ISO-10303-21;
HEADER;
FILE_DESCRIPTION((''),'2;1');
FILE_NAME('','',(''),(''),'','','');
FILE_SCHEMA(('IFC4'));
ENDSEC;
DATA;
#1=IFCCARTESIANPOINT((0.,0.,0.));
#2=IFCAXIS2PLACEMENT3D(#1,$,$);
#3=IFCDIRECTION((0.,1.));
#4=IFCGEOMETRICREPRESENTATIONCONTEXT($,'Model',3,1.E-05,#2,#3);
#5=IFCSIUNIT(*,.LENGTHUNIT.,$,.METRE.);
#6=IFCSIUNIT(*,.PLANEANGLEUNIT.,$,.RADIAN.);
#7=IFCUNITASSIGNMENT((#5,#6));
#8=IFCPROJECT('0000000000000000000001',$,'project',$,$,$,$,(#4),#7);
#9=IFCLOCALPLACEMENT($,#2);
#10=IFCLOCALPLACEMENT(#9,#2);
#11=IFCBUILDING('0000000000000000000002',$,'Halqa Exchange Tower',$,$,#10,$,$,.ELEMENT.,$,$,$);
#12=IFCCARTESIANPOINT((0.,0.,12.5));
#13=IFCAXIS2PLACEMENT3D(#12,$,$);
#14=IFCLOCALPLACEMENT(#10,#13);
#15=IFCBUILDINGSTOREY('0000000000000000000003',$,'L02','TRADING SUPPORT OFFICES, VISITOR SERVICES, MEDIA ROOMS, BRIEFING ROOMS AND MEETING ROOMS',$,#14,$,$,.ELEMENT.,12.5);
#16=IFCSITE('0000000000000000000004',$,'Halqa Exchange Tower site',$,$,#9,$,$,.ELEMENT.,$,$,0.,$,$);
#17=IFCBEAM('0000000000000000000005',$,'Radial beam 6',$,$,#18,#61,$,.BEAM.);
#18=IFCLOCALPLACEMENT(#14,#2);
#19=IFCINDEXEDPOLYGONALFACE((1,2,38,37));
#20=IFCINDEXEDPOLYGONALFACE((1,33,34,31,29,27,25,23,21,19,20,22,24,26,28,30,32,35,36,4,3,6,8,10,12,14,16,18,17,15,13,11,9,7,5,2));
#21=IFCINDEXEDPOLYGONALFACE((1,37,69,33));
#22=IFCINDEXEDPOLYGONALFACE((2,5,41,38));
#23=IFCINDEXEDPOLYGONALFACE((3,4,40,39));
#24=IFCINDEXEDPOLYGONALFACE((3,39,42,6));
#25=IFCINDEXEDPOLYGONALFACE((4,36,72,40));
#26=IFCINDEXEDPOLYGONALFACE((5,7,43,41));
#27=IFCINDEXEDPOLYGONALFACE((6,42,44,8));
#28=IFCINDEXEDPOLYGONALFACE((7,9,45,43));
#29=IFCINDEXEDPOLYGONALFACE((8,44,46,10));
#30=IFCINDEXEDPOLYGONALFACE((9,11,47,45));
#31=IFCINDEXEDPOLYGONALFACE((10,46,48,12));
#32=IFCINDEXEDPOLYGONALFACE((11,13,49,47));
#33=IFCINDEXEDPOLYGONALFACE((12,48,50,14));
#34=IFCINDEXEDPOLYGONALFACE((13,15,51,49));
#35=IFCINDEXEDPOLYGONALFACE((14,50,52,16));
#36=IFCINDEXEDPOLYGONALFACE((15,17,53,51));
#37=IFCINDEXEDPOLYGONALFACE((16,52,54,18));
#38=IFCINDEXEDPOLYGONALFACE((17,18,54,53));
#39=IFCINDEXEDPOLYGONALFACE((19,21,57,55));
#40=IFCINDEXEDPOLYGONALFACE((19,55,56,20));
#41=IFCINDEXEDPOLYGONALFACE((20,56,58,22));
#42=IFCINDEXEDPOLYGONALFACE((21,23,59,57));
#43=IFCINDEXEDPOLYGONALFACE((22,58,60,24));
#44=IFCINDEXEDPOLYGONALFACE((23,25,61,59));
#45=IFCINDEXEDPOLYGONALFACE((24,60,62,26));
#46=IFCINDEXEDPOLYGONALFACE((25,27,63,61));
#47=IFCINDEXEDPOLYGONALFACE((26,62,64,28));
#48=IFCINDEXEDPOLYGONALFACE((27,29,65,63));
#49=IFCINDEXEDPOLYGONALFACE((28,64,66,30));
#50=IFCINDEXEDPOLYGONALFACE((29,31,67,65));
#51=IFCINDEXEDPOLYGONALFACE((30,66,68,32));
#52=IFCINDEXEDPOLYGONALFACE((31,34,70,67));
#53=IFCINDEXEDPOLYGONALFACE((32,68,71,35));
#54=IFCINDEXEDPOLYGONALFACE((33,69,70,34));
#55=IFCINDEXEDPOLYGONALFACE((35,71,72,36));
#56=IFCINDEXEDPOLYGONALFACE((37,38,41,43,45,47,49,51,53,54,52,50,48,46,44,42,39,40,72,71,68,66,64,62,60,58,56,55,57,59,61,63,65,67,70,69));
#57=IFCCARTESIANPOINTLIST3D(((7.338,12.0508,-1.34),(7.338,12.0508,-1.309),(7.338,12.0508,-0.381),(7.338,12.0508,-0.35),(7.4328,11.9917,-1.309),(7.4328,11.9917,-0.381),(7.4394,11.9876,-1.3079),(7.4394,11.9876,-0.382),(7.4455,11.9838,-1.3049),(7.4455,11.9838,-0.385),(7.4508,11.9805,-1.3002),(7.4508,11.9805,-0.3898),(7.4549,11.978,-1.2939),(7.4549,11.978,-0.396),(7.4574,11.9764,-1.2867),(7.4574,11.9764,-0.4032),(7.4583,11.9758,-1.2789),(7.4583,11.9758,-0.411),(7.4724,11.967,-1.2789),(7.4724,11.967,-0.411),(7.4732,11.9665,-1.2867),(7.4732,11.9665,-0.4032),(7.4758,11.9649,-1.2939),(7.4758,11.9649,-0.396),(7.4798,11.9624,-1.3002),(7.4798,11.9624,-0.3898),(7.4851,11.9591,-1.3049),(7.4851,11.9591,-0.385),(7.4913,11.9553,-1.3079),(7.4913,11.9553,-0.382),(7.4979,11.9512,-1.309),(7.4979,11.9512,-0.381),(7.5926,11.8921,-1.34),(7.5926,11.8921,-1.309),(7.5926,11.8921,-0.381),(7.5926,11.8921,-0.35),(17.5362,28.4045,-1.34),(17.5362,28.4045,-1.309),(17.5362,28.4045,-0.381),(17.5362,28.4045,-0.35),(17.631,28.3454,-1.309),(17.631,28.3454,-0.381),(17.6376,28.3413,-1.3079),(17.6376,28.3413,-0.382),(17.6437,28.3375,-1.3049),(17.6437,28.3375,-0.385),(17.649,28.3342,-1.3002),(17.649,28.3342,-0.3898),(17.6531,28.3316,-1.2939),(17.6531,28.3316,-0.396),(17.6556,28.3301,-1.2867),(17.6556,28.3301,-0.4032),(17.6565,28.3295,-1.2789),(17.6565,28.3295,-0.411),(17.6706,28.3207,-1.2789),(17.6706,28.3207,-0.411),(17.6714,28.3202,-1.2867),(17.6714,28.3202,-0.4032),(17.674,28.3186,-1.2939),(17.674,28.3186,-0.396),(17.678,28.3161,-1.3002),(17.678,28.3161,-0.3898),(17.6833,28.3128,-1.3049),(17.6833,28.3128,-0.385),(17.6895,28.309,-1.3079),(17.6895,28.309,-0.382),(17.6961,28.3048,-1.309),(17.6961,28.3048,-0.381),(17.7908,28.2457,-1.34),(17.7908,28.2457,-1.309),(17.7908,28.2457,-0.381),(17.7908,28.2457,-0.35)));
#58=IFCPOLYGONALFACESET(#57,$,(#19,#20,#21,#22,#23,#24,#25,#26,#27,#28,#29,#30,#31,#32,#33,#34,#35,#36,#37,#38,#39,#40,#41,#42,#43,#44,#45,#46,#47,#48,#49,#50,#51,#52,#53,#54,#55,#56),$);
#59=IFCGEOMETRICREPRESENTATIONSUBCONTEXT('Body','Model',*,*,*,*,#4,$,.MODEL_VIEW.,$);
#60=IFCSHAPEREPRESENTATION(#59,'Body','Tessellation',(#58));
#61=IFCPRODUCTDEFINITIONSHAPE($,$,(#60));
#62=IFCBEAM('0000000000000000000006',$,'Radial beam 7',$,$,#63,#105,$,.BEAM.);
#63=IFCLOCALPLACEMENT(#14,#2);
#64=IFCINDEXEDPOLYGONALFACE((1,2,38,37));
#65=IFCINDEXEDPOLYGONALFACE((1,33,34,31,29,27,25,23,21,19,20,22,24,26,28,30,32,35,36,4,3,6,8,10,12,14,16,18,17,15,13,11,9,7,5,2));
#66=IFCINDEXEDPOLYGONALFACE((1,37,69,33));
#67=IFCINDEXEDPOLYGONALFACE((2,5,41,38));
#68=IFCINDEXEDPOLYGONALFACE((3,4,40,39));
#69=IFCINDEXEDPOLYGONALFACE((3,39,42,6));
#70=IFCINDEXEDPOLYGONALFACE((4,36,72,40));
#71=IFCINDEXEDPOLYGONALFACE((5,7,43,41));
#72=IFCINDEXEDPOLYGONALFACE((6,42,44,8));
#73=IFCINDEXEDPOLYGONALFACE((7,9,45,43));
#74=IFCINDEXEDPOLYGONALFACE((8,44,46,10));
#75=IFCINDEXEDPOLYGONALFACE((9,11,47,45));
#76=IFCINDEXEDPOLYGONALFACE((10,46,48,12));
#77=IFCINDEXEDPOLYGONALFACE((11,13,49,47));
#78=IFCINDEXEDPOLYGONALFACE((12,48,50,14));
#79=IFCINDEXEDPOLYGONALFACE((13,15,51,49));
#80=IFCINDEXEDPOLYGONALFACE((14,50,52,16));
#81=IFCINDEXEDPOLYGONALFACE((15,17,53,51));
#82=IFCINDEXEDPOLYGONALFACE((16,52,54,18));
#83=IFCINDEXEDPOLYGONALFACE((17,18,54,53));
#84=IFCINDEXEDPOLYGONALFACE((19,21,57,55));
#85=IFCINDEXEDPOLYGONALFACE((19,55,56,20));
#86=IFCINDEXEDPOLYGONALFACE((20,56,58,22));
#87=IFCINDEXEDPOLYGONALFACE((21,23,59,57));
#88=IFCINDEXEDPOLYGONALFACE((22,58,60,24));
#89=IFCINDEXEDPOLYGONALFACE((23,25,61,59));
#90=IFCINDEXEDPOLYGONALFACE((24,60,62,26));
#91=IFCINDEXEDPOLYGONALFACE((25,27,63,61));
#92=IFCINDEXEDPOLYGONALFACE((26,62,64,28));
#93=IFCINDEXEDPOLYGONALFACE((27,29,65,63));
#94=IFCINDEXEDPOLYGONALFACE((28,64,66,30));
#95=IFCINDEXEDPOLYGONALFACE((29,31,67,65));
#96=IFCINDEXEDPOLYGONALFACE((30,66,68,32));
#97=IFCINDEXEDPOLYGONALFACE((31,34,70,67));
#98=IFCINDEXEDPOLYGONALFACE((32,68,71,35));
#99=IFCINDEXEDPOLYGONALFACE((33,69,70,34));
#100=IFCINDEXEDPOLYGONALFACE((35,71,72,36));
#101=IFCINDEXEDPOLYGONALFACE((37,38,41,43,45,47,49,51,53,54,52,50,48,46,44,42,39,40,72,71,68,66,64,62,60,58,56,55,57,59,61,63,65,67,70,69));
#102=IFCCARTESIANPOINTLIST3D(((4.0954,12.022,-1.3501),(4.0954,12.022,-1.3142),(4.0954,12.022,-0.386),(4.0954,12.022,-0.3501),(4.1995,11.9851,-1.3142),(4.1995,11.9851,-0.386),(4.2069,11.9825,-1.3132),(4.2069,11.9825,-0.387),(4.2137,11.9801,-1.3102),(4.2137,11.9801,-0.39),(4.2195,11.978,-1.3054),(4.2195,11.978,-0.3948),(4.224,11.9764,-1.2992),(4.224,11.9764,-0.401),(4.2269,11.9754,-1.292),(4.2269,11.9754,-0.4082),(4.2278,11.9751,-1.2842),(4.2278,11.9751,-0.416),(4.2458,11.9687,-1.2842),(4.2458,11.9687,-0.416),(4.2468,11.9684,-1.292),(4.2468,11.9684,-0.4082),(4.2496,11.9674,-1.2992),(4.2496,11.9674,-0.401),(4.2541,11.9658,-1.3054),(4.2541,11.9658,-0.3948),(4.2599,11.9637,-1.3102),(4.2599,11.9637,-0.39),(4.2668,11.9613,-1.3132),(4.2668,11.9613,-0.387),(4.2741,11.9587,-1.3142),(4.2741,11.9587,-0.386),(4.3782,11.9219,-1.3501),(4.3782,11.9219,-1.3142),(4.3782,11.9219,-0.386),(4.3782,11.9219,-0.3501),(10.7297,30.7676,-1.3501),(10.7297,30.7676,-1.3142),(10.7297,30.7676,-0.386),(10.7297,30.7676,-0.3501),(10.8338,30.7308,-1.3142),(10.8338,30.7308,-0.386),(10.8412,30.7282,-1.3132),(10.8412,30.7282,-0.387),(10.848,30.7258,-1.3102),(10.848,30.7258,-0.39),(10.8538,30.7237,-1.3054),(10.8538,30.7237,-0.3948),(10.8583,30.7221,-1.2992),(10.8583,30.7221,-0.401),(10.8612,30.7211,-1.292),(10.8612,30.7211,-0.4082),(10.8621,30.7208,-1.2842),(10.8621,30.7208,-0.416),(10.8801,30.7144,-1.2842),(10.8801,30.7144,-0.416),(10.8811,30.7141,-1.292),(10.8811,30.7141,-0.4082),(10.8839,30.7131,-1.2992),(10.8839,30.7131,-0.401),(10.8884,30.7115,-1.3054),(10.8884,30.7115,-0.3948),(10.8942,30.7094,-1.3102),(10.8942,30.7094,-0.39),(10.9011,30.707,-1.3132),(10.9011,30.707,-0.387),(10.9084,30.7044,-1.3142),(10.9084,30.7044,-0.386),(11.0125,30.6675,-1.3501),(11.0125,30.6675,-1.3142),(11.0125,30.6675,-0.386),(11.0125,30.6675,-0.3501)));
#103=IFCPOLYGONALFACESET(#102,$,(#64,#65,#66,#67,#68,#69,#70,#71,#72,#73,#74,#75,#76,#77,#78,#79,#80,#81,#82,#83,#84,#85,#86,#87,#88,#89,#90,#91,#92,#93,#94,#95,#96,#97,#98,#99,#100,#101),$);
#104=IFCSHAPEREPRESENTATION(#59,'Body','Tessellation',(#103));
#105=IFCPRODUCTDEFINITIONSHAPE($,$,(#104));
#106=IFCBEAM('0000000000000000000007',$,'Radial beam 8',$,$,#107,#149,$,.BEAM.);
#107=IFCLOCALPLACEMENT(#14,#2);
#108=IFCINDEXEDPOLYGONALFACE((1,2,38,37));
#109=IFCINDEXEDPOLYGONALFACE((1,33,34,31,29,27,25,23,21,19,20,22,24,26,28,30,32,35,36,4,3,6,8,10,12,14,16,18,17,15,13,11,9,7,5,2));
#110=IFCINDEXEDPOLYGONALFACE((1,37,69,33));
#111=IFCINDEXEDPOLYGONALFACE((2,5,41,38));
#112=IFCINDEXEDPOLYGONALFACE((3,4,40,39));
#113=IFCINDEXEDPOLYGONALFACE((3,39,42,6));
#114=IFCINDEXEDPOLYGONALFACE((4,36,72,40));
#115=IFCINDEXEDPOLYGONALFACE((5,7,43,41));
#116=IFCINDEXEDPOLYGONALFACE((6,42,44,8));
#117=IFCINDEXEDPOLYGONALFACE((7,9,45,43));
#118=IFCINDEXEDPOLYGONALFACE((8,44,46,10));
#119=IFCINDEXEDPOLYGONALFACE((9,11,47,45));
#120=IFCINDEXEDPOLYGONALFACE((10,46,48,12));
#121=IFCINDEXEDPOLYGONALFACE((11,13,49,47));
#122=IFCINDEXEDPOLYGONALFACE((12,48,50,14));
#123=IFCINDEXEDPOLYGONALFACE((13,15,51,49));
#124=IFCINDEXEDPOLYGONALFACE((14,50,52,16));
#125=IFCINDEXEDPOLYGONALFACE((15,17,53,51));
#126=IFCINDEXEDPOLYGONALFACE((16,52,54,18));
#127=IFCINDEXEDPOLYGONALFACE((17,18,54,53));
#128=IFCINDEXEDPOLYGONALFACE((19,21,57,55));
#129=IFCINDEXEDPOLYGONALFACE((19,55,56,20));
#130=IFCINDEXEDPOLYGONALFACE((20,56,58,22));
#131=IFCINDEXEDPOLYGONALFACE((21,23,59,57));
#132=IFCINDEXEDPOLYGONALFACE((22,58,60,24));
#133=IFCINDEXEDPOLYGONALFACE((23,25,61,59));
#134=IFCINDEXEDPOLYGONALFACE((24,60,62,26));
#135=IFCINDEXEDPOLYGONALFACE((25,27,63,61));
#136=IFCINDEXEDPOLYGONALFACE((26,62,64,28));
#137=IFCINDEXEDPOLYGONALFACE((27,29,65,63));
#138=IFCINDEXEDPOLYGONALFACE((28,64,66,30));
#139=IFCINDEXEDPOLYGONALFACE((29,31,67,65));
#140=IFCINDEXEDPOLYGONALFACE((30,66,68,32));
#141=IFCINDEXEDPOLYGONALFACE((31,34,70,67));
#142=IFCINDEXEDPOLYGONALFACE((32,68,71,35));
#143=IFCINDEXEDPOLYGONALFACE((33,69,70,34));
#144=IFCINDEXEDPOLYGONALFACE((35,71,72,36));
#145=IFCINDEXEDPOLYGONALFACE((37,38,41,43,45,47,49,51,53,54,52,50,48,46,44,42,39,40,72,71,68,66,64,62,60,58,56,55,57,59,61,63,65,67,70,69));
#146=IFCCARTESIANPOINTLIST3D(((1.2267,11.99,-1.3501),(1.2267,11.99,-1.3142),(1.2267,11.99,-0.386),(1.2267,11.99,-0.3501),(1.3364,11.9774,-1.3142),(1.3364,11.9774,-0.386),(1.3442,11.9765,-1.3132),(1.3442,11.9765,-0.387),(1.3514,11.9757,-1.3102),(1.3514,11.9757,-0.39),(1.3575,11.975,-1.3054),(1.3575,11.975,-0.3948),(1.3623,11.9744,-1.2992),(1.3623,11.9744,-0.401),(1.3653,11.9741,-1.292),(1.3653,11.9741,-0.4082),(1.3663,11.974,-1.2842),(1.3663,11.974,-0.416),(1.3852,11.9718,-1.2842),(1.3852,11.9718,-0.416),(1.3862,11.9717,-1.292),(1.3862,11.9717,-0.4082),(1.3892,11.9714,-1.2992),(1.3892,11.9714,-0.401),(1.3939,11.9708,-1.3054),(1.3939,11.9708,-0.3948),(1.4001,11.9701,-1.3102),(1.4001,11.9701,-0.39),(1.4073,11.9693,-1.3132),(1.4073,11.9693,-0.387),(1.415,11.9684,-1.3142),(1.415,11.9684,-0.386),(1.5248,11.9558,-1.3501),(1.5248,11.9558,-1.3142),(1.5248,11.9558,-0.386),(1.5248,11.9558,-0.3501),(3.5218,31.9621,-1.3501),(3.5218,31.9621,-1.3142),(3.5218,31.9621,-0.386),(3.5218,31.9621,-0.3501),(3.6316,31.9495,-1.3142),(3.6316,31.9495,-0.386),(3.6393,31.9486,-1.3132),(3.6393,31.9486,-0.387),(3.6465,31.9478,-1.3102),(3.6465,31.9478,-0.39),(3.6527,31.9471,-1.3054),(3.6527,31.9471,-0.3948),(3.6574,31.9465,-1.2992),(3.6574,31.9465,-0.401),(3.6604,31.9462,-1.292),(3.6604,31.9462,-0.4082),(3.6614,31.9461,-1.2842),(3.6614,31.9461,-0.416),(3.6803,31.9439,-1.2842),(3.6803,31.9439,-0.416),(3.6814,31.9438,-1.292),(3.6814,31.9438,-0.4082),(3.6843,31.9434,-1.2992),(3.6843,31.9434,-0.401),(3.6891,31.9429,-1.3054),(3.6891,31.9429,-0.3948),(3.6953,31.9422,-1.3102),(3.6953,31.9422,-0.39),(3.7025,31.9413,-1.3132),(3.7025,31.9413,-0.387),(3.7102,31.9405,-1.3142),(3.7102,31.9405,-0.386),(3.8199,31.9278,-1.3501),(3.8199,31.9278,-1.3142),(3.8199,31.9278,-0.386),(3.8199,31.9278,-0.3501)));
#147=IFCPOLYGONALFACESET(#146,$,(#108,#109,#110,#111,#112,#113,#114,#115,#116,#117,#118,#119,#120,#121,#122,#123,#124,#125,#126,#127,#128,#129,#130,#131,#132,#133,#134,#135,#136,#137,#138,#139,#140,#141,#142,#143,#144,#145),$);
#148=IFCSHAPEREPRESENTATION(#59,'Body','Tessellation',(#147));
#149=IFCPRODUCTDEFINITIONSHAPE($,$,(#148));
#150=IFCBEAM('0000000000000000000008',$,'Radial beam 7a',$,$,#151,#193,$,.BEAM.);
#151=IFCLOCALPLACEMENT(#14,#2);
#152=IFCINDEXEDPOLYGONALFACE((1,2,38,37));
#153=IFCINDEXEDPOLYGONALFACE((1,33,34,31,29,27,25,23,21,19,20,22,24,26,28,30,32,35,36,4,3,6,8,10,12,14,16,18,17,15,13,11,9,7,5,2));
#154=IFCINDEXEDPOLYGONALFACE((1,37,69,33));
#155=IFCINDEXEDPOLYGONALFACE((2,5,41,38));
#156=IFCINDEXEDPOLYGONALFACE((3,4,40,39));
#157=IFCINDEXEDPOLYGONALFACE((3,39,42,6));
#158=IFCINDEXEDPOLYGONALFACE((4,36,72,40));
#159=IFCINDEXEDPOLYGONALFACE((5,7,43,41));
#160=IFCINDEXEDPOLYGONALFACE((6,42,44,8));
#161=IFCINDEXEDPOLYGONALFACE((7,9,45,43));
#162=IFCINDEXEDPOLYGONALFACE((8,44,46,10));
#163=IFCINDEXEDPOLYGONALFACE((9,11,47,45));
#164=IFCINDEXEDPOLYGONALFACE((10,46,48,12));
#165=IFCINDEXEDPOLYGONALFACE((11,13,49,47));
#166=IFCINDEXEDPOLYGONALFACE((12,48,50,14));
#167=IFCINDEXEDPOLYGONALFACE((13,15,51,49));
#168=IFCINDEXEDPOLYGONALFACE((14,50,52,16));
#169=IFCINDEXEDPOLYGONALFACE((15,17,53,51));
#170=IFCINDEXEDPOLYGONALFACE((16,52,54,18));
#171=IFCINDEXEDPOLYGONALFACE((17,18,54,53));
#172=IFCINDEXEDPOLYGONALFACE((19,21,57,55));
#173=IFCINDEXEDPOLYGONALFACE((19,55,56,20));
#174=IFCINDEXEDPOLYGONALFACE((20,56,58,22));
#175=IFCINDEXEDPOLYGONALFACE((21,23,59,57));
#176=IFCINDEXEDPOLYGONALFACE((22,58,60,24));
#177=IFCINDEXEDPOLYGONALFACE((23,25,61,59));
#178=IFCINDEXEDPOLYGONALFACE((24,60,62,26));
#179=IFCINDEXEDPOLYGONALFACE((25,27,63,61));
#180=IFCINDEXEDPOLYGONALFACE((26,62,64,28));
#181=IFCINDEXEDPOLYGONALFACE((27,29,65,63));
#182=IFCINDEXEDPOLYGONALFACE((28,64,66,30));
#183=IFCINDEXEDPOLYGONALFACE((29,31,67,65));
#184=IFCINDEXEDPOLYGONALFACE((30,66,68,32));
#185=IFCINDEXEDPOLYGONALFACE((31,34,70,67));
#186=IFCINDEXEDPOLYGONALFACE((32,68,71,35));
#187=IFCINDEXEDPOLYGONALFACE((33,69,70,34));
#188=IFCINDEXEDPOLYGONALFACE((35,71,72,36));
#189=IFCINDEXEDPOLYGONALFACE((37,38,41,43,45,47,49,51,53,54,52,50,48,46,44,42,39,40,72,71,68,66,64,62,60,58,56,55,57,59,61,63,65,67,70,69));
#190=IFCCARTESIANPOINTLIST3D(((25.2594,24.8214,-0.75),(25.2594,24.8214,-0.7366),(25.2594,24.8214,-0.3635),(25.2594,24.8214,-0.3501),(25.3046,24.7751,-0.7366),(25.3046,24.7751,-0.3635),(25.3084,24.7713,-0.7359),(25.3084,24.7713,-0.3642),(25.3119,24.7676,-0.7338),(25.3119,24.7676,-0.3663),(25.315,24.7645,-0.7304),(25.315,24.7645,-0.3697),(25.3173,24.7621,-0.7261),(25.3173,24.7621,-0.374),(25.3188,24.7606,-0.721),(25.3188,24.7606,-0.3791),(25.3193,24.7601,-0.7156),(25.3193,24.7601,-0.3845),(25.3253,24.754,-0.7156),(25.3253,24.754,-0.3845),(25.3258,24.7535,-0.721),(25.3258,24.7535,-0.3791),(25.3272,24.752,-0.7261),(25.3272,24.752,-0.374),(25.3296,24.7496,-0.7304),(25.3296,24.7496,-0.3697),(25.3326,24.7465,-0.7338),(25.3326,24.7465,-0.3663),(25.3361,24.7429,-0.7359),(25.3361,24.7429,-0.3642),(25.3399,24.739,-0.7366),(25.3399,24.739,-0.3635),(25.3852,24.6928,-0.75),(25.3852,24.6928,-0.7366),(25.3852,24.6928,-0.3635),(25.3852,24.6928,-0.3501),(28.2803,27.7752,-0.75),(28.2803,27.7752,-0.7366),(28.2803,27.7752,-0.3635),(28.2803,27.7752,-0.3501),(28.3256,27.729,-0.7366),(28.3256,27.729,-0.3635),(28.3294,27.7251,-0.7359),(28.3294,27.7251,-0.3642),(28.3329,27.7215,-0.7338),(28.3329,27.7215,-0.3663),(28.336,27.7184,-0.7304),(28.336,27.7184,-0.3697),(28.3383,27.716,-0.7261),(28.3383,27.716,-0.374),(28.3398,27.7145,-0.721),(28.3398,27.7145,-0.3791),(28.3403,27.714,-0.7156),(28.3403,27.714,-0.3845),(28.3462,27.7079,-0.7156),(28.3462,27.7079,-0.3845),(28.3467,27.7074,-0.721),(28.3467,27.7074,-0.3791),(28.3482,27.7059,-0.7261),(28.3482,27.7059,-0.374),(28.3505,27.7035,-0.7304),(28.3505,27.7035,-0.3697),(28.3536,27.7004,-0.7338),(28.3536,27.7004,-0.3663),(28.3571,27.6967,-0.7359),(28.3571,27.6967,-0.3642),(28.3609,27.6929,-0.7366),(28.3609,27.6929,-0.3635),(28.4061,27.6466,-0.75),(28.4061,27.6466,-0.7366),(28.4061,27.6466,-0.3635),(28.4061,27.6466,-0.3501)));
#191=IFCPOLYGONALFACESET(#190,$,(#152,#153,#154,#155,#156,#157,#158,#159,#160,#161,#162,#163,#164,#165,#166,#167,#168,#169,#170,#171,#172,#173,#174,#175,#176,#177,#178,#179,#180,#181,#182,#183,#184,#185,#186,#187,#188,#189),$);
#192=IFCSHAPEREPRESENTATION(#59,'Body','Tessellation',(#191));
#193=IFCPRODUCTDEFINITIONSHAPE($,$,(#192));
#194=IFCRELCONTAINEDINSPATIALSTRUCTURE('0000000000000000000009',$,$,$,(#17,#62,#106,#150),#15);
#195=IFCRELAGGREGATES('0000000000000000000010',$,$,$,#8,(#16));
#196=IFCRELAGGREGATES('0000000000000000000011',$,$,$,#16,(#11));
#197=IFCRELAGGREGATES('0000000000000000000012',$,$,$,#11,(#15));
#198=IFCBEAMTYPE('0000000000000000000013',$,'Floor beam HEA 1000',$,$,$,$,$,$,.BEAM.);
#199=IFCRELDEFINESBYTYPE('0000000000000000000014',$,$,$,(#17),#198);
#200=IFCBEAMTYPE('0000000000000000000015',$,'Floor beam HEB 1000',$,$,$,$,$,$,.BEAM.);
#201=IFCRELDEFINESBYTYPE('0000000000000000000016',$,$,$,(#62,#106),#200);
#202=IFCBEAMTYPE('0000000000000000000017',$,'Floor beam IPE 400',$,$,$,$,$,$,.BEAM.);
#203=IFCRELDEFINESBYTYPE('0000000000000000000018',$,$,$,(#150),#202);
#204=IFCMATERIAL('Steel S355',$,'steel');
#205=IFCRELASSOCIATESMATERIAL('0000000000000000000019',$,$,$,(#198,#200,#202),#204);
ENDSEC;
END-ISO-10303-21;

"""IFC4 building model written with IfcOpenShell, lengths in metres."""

from ifc_helpers import new_model, si_unit, direction, frame, origin, origin_2d, place, context, subcontext, project, spatial, i_section, extrude, material, material_profile, profile_set, type_object, element, save


model = new_model("IFC4")

# Units and contexts
model_context = context("Model", 3, precision=1e-05, world=origin(), true_north=direction((0.0, 1.0)))
body_context = subcontext(model_context, "Body", "Model", "MODEL_VIEW")
ifc_project = project(units=[si_unit("LENGTHUNIT", "METRE"), si_unit("PLANEANGLEUNIT", "RADIAN")], contexts=[model_context])

# Site, building, storey
site_placement = place(None, origin())
site = spatial("IfcSite", under=ifc_project, at=site_placement, Name="Halqa Exchange Tower site", CompositionType="ELEMENT", RefElevation=0.0)
building_placement = place(site_placement, origin())
building = spatial("IfcBuilding", under=site, at=building_placement, Name="Halqa Exchange Tower", CompositionType="ELEMENT")
storey_placement = place(building_placement, frame((0.0, 0.0, 12.5)))
storey = spatial("IfcBuildingStorey", under=building, at=storey_placement, Name="L02", Description="TRADING SUPPORT OFFICES, VISITOR SERVICES, MEDIA ROOMS, BRIEFING ROOMS AND MEETING ROOMS", CompositionType="ELEMENT", Elevation=12.5)

# Beams
ifc_material_1 = material(Name="Steel S355", Category="steel")
ifc_material_profile_1 = material_profile(ifc_material_1, i_section(OverallWidth=0.3, OverallDepth=0.99, WebThickness=0.0166, FlangeThickness=0.031, FilletRadius=0.03, at=origin_2d()), Name="HEA 1000")
ifc_profile_set_1 = profile_set([ifc_material_profile_1], Name="Steel S355")
beam_type_1 = type_object("IfcBeamType", Name="Floor beam HEA 1000", PredefinedType="BEAM", material=ifc_profile_set_1)
beam_1_placement = place(storey_placement, frame((7.4653, 11.9714, -0.845), z_axis=(0.529146, 0.848531, 0.0), x_axis=(-0.848531, 0.529146, 0.0)))
element("IfcBeam", 1, at=beam_1_placement, inside=storey, type_object=beam_type_1, Name="Radial beam 6", PredefinedType="BEAM", context=body_context, shape_type="SweptSolid", body=[
    extrude(i_section(OverallWidth=0.3, OverallDepth=0.99, WebThickness=0.0166, FlangeThickness=0.031, FilletRadius=0.03, at=origin_2d()), origin(), (0.0, 0.0, 1.0), 19.2729),
])
ifc_material_profile_2 = material_profile(ifc_material_1, i_section(OverallWidth=0.3, OverallDepth=1.0, WebThickness=0.019, FlangeThickness=0.0359, FilletRadius=0.03, at=origin_2d()), Name="HEB 1000")
ifc_profile_set_2 = profile_set([ifc_material_profile_2], Name="Steel S355")
beam_type_2 = type_object("IfcBeamType", Name="Floor beam HEB 1000", PredefinedType="BEAM", material=ifc_profile_set_2)
beam_2_placement = place(storey_placement, frame((4.2368, 11.9719, -0.8501), z_axis=(0.333633, 0.942703, 0.0), x_axis=(-0.942703, 0.333633, 0.0)))
element("IfcBeam", 2, at=beam_2_placement, inside=storey, type_object=beam_type_2, Name="Radial beam 7", PredefinedType="BEAM", context=body_context, shape_type="SweptSolid", body=[
    extrude(i_section(OverallWidth=0.3, OverallDepth=1.0, WebThickness=0.019, FlangeThickness=0.0359, FilletRadius=0.03, at=origin_2d()), origin(), (0.0, 0.0, 1.0), 19.885),
])
beam_3_placement = place(storey_placement, frame((1.3757, 11.9729, -0.8501), z_axis=(0.114167, 0.993462, 0.0), x_axis=(-0.993462, 0.114167, 0.0)))
element("IfcBeam", 3, at=beam_3_placement, inside=storey, type_object=beam_type_2, Name="Radial beam 8", PredefinedType="BEAM", context=body_context, shape_type="SweptSolid", body=[
    extrude(i_section(OverallWidth=0.3, OverallDepth=1.0, WebThickness=0.019, FlangeThickness=0.0359, FilletRadius=0.03, at=origin_2d()), origin(), (0.0, 0.0, 1.0), 20.1035),
])
ifc_material_profile_3 = material_profile(ifc_material_1, i_section(OverallWidth=0.1799, OverallDepth=0.3999, WebThickness=0.0085, FlangeThickness=0.0134, FilletRadius=0.021, at=origin_2d()), Name="IPE 400")
ifc_profile_set_3 = profile_set([ifc_material_profile_3], Name="Steel S355")
beam_type_3 = type_object("IfcBeamType", Name="Floor beam IPE 400", PredefinedType="BEAM", material=ifc_profile_set_3)
beam_4_placement = place(storey_placement, frame((25.3223, 24.7571, -0.55), z_axis=(0.715007, 0.699117, 0.0), x_axis=(-0.699117, 0.715007, 0.0)))
element("IfcBeam", 4, at=beam_4_placement, inside=storey, type_object=beam_type_3, Name="Radial beam 7a", PredefinedType="BEAM", context=body_context, shape_type="SweptSolid", body=[
    extrude(i_section(OverallWidth=0.1799, OverallDepth=0.3999, WebThickness=0.0085, FlangeThickness=0.0134, FilletRadius=0.021, at=origin_2d()), origin(), (0.0, 0.0, 1.0), 4.2251),
])

save(model, "model.ifc")
